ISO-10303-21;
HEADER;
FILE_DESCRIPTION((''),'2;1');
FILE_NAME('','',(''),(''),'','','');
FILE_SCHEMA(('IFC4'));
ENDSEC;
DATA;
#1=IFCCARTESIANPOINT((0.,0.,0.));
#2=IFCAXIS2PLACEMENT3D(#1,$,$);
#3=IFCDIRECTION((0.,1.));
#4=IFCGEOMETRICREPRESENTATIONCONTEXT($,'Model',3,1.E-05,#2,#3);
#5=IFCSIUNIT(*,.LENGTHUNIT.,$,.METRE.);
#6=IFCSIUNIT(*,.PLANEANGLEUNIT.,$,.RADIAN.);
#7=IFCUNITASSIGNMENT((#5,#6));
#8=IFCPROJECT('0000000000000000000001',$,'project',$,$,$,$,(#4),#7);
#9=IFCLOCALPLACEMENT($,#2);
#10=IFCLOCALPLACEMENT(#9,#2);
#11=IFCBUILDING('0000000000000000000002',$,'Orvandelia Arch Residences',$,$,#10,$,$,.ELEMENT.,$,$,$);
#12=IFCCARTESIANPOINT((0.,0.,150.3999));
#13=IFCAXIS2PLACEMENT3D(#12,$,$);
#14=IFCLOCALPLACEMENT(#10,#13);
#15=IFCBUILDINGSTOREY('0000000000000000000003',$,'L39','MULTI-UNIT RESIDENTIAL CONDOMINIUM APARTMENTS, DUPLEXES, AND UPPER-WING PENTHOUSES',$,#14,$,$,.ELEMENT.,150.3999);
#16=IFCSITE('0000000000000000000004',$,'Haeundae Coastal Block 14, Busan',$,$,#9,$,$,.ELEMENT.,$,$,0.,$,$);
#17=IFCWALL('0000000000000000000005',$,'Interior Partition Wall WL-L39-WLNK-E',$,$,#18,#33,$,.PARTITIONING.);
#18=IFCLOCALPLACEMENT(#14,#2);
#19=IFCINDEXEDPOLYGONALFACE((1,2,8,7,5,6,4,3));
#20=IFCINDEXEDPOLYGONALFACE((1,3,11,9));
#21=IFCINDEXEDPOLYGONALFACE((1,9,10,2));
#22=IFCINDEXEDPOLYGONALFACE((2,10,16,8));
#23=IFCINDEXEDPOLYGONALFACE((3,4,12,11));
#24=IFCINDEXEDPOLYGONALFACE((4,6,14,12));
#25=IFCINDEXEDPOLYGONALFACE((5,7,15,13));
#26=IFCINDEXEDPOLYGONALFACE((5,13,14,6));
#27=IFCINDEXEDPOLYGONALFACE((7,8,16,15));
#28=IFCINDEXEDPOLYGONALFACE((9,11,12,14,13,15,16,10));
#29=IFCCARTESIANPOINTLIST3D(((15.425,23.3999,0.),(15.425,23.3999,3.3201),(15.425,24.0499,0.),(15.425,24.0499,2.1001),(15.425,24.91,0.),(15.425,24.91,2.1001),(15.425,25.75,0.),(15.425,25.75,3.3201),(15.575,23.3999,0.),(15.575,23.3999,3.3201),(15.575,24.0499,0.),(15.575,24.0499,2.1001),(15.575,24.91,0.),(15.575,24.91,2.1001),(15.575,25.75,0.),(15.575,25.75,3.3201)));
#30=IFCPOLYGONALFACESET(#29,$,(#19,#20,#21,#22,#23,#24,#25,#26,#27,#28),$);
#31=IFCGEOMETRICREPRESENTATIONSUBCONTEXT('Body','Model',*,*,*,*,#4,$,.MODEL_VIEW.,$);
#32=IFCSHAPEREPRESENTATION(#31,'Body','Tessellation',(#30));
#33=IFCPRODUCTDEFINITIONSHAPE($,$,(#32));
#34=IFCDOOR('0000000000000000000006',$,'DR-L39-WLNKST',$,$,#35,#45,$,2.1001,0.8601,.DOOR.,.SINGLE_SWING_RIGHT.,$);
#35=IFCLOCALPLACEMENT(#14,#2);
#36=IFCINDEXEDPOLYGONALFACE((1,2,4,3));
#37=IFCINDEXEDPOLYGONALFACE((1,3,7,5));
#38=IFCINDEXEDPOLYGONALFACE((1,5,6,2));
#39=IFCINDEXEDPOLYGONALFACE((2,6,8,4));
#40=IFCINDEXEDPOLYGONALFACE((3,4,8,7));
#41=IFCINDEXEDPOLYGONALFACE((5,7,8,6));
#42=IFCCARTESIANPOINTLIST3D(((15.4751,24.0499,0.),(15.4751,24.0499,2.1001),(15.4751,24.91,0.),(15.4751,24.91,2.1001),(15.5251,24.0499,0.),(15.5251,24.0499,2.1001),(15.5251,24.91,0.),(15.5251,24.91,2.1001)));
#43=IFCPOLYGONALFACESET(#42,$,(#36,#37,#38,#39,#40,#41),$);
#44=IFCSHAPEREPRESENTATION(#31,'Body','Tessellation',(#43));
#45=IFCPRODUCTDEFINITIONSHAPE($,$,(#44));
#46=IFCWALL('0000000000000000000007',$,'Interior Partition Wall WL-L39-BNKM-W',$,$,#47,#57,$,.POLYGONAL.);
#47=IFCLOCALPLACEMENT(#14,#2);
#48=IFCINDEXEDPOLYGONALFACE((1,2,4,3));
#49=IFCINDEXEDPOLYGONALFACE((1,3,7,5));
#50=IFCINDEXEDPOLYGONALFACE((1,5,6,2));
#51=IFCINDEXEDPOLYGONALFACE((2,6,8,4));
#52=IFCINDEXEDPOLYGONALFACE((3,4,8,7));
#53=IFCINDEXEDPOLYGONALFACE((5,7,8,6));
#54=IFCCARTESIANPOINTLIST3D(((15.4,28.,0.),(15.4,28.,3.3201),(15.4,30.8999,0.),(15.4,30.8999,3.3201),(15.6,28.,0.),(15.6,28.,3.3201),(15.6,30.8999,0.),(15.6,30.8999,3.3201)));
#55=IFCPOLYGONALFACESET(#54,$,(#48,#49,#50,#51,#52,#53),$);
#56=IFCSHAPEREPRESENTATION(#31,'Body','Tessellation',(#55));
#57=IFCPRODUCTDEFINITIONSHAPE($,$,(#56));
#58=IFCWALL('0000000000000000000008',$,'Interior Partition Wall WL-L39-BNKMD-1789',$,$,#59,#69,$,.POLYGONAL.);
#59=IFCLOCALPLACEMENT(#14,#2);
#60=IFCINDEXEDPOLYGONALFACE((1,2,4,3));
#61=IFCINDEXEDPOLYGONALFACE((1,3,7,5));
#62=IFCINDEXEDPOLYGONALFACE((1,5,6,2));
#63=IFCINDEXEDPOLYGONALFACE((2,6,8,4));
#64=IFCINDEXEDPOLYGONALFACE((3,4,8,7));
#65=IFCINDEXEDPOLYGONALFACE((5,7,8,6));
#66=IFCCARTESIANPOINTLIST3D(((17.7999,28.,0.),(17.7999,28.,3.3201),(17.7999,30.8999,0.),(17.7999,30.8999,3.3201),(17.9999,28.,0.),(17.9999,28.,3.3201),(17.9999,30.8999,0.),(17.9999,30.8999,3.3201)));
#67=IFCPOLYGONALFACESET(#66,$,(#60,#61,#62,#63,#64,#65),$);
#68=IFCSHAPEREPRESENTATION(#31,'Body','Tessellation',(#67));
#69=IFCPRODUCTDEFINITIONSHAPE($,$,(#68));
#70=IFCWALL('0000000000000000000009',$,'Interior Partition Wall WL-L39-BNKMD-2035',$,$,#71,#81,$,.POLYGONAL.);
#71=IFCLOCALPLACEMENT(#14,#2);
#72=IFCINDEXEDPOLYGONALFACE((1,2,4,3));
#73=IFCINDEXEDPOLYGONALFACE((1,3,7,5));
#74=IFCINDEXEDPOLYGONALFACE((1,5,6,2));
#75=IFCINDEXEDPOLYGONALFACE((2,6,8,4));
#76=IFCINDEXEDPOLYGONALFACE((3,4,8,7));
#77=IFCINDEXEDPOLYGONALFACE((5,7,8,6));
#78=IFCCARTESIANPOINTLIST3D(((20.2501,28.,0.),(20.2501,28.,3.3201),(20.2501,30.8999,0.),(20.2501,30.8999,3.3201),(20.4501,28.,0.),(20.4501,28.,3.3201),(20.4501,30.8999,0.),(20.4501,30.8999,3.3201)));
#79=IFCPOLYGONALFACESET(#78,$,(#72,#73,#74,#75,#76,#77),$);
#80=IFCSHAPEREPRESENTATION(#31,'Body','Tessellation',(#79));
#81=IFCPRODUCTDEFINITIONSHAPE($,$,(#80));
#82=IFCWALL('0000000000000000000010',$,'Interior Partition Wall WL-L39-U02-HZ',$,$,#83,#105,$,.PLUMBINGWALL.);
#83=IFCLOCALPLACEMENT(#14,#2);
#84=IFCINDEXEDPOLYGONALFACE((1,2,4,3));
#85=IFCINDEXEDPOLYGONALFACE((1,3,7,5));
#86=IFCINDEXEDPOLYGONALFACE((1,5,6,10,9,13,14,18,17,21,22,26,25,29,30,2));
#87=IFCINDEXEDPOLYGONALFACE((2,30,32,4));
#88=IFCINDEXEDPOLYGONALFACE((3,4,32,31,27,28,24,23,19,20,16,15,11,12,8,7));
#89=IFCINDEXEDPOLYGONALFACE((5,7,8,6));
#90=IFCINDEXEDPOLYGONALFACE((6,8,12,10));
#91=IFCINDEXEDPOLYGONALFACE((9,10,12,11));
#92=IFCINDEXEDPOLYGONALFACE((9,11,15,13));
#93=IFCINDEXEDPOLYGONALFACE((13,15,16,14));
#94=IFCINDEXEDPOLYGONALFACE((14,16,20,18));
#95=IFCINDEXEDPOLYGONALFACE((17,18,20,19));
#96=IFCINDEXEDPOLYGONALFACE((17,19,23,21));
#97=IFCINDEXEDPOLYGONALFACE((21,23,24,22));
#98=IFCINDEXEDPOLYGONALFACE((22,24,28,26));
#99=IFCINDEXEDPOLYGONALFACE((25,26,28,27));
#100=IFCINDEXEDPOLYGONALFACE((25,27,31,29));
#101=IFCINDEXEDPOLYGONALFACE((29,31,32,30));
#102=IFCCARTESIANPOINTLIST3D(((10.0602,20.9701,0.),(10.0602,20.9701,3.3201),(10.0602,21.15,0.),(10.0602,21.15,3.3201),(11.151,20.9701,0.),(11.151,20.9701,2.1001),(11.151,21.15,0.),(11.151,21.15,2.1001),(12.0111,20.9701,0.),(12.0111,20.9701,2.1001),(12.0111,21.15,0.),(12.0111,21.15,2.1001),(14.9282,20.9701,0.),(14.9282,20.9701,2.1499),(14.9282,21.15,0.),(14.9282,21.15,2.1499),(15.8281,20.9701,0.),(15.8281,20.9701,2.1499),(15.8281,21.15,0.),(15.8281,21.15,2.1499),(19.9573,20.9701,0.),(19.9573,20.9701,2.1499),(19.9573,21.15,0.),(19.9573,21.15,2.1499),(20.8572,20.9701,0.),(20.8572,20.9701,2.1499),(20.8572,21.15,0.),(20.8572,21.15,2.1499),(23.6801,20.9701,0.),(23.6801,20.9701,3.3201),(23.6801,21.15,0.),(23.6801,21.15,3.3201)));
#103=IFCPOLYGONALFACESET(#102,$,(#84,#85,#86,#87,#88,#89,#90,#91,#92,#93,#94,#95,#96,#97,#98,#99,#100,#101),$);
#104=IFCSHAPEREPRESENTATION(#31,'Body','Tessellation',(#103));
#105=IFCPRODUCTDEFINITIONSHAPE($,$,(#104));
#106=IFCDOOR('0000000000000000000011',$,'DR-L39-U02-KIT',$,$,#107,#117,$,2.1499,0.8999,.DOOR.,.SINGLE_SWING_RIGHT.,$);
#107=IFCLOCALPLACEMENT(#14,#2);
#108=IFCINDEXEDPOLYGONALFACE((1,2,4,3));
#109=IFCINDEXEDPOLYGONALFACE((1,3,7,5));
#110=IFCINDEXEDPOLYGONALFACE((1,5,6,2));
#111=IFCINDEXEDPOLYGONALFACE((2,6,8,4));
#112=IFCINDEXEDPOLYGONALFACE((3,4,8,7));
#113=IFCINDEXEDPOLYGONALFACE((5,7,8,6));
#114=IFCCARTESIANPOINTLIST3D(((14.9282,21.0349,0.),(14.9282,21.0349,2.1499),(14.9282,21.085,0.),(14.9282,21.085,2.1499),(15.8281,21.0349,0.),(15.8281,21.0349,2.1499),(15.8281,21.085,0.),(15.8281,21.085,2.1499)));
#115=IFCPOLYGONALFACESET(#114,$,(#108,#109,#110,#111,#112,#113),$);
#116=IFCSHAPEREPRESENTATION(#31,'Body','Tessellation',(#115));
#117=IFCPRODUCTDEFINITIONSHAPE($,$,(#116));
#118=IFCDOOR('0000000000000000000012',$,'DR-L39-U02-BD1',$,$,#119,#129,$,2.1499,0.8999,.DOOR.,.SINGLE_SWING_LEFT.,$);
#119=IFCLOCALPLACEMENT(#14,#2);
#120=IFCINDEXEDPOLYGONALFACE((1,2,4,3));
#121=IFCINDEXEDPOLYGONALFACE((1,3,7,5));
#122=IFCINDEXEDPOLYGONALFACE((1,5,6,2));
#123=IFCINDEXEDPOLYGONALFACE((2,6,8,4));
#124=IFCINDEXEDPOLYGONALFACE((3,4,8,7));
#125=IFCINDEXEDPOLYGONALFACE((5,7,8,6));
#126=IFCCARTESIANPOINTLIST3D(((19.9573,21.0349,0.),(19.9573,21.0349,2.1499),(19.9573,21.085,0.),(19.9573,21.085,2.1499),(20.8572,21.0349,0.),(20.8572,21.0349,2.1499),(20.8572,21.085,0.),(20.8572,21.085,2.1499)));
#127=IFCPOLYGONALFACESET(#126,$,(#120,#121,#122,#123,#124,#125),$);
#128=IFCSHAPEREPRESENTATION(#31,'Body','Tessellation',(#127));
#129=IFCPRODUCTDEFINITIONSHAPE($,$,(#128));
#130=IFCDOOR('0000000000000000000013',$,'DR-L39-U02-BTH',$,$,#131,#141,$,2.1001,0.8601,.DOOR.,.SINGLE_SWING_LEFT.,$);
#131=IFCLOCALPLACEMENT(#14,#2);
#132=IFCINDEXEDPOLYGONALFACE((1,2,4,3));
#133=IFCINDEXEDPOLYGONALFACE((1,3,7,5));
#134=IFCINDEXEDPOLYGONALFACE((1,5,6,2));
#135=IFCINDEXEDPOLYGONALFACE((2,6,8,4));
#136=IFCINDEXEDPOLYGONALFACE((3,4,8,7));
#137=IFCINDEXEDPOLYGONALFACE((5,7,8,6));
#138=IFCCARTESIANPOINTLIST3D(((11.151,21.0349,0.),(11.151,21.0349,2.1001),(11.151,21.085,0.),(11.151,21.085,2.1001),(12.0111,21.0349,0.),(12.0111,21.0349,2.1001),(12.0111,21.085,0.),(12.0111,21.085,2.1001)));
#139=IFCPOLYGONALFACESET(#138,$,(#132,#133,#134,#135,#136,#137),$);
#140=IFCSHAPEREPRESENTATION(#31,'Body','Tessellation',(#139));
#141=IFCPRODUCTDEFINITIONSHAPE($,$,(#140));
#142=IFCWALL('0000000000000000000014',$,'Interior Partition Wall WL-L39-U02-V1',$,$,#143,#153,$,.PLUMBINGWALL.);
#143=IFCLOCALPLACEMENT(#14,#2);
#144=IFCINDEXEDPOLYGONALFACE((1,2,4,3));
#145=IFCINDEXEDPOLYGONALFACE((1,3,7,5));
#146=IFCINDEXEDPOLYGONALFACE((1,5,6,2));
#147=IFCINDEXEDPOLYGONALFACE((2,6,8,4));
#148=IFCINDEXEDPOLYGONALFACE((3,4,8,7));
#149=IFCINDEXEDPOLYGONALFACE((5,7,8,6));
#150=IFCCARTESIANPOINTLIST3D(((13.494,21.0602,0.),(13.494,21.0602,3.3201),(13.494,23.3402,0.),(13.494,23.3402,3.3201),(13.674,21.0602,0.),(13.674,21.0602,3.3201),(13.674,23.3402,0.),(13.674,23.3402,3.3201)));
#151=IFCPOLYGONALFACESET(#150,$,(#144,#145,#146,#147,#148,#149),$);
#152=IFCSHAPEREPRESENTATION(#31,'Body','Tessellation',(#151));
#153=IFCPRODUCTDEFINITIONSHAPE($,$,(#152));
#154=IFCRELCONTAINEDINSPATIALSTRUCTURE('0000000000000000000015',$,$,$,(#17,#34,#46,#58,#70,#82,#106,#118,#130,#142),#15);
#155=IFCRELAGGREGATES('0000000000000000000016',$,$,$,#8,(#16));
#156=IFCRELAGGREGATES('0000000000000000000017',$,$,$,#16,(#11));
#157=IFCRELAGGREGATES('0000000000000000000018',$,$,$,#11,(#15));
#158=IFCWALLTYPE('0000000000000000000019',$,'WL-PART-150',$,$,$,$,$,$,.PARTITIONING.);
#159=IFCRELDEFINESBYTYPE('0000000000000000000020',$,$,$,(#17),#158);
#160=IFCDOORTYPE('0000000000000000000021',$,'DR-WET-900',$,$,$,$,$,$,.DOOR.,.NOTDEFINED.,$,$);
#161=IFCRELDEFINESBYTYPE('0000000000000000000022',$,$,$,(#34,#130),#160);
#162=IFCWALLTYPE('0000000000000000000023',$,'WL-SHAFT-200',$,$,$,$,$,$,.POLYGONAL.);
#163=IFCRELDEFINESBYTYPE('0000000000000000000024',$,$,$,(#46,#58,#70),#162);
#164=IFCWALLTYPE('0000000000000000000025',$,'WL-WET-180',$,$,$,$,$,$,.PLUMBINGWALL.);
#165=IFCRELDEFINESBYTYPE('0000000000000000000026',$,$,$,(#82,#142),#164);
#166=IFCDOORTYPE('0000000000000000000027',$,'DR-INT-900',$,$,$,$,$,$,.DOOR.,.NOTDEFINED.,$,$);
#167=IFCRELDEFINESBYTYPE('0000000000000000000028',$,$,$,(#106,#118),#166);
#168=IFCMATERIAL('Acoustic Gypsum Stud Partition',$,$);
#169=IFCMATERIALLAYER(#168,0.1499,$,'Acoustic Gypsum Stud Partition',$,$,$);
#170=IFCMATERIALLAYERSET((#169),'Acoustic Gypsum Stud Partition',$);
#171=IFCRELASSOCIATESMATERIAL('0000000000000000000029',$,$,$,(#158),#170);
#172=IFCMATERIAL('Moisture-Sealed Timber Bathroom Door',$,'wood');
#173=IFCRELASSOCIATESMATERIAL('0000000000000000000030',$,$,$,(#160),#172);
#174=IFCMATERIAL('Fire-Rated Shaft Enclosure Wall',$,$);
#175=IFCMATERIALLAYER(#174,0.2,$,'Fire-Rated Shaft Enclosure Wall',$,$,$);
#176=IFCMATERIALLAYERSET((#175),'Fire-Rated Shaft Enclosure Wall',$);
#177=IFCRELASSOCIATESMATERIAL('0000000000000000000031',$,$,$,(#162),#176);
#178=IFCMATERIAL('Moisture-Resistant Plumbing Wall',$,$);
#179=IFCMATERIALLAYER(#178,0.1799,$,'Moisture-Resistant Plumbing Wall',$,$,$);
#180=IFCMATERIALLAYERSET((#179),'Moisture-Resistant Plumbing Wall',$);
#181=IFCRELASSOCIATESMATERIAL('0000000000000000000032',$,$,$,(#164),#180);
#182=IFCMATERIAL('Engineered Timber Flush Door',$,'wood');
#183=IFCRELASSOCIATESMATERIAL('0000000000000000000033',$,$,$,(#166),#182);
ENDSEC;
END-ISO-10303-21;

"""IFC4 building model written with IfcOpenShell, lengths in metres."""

from ifc_helpers import new_model, si_unit, direction, frame, frame_2d, origin, place, context, subcontext, project, spatial, rectangle, extrude, material, layer, layer_set, type_object, element, fill, save


model = new_model("IFC4")

# Units and contexts
model_context = context("Model", 3, precision=1e-05, world=origin(), true_north=direction((0.0, 1.0)))
body_context = subcontext(model_context, "Body", "Model", "MODEL_VIEW")
ifc_project = project(units=[si_unit("LENGTHUNIT", "METRE"), si_unit("PLANEANGLEUNIT", "RADIAN")], contexts=[model_context])

# Site, building, storey
site_placement = place(None, origin())
site = spatial("IfcSite", under=ifc_project, at=site_placement, Name="Haeundae Coastal Block 14, Busan", CompositionType="ELEMENT", RefElevation=0.0)
building_placement = place(site_placement, origin())
building = spatial("IfcBuilding", under=site, at=building_placement, Name="Orvandelia Arch Residences", CompositionType="ELEMENT")
storey_placement = place(building_placement, frame((0.0, 0.0, 150.3999)))
storey = spatial("IfcBuildingStorey", under=building, at=storey_placement, Name="L39", Description="MULTI-UNIT RESIDENTIAL CONDOMINIUM APARTMENTS, DUPLEXES, AND UPPER-WING PENTHOUSES", CompositionType="ELEMENT", Elevation=150.3999)

# Wall, opening, door
ifc_material_1 = material(Name="Acoustic Gypsum Stud Partition")
ifc_layer_1 = layer(ifc_material_1, 0.1499, Name="Acoustic Gypsum Stud Partition")
ifc_layer_set_1 = layer_set([ifc_layer_1], Name="Acoustic Gypsum Stud Partition")
wall_type_1 = type_object("IfcWallType", Name="WL-PART-150", PredefinedType="PARTITIONING", material=ifc_layer_set_1)
wall_1_placement = place(storey_placement, frame((15.5, 23.3999, 0.0), z_axis=(0.0, 0.0, 1.0), x_axis=(0.0, 1.0, 0.0)))
wall_1 = element("IfcWall", 1, at=wall_1_placement, inside=storey, type_object=wall_type_1, Name="Interior Partition Wall WL-L39-WLNK-E", PredefinedType="PARTITIONING", context=body_context, shape_type="SweptSolid", body=[
    extrude(rectangle(XDim=2.3501, YDim=0.1499, at=frame_2d((1.175, 0.0))), origin(), (0.0, 0.0, 1.0), 3.3201),
])
opening_1_placement = place(wall_1_placement, frame((0.6499, 0.0, 0.0)))
opening_1 = element("IfcOpeningElement", 2, at=opening_1_placement, cuts=wall_1, PredefinedType="OPENING", context=body_context, shape_type="SweptSolid", body=[
    extrude(rectangle(XDim=0.8601, YDim=2.1001, at=frame_2d((0.4302, 1.05))), frame((0.0, 0.085, 0.0), z_axis=(0.0, -1.0, 0.0), x_axis=(1.0, 0.0, 0.0)), (0.0, 0.0, 1.0), 0.1699),
])
ifc_material_2 = material(Name="Moisture-Sealed Timber Bathroom Door", Category="wood")
door_type_1 = type_object("IfcDoorType", Name="DR-WET-900", OperationType="NOTDEFINED", PredefinedType="DOOR", material=ifc_material_2)
door_1_placement = place(opening_1_placement, origin())
door_1 = element("IfcDoor", 3, at=door_1_placement, inside=storey, type_object=door_type_1, Name="DR-L39-WLNKST", OperationType="SINGLE_SWING_RIGHT", OverallHeight=2.1001, OverallWidth=0.8601, PredefinedType="DOOR", context=body_context, shape_type="SweptSolid", body=[
    extrude(rectangle(XDim=0.8601, YDim=2.1001, at=frame_2d((0.4302, 1.05))), frame((0.0, 0.0249, 0.0), z_axis=(0.0, -1.0, 0.0), x_axis=(1.0, 0.0, 0.0)), (0.0, 0.0, 1.0), 0.05),
])
fill(opening_1, door_1)
ifc_material_3 = material(Name="Fire-Rated Shaft Enclosure Wall")
ifc_layer_2 = layer(ifc_material_3, 0.2, Name="Fire-Rated Shaft Enclosure Wall")
ifc_layer_set_2 = layer_set([ifc_layer_2], Name="Fire-Rated Shaft Enclosure Wall")
wall_type_2 = type_object("IfcWallType", Name="WL-SHAFT-200", PredefinedType="POLYGONAL", material=ifc_layer_set_2)

# Walls
for number, where, z_axis, x_axis, name in (
    (4, (15.5, 28.0, 0.0), (0.0, 0.0, 1.0), (0.0, 1.0, 0.0), "Interior Partition Wall WL-L39-BNKM-W"),
    (5, (17.8999, 28.0, 0.0), (0.0, 0.0, 1.0), (0.0, 1.0, 0.0), "Interior Partition Wall WL-L39-BNKMD-1789"),
    (6, (20.3501, 28.0, 0.0), (0.0, 0.0, 1.0), (0.0, 1.0, 0.0), "Interior Partition Wall WL-L39-BNKMD-2035"),
):
    element("IfcWall", number, at=place(storey_placement, frame(where, z_axis=z_axis, x_axis=x_axis)), inside=storey, type_object=wall_type_2, Name=name, PredefinedType="POLYGONAL", context=body_context, shape_type="SweptSolid", body=[
        extrude(rectangle(XDim=2.8999, YDim=0.2, at=frame_2d((1.45, 0.0))), origin(), (0.0, 0.0, 1.0), 3.3201),
    ])

# Wall, openings, doors
ifc_material_4 = material(Name="Moisture-Resistant Plumbing Wall")
ifc_layer_3 = layer(ifc_material_4, 0.1799, Name="Moisture-Resistant Plumbing Wall")
ifc_layer_set_3 = layer_set([ifc_layer_3], Name="Moisture-Resistant Plumbing Wall")
wall_type_3 = type_object("IfcWallType", Name="WL-WET-180", PredefinedType="PLUMBINGWALL", material=ifc_layer_set_3)
wall_2_placement = place(storey_placement, frame((10.0601, 21.0601, 0.0), z_axis=(0.0, 0.0, 1.0), x_axis=(1.0, 0.0, 0.0)))
wall_2 = element("IfcWall", 7, at=wall_2_placement, inside=storey, type_object=wall_type_3, Name="Interior Partition Wall WL-L39-U02-HZ", PredefinedType="PLUMBINGWALL", context=body_context, shape_type="SweptSolid", body=[
    extrude(rectangle(XDim=13.6199, YDim=0.1799, at=frame_2d((6.8101, 0.0))), origin(), (0.0, 0.0, 1.0), 3.3201),
])
opening_2_placement = place(wall_2_placement, frame((1.0908, 0.0, 0.0)))
opening_2 = element("IfcOpeningElement", 8, at=opening_2_placement, cuts=wall_2, PredefinedType="OPENING", context=body_context, shape_type="SweptSolid", body=[
    extrude(rectangle(XDim=0.8601, YDim=2.1001, at=frame_2d((0.4302, 1.05))), frame((0.0, 0.1001, 0.0), z_axis=(0.0, -1.0, 0.0), x_axis=(1.0, 0.0, 0.0)), (0.0, 0.0, 1.0), 0.2),
])
opening_3_placement = place(wall_2_placement, frame((4.8682, 0.0, 0.0)))
opening_3 = element("IfcOpeningElement", 9, at=opening_3_placement, cuts=wall_2, PredefinedType="OPENING", context=body_context, shape_type="SweptSolid", body=[
    extrude(rectangle(XDim=0.8999, YDim=2.1499, at=frame_2d((0.45, 1.075))), frame((0.0, 0.1001, 0.0), z_axis=(0.0, -1.0, 0.0), x_axis=(1.0, 0.0, 0.0)), (0.0, 0.0, 1.0), 0.2),
])
opening_4_placement = place(wall_2_placement, frame((9.8972, 0.0, 0.0)))
opening_4 = element("IfcOpeningElement", 10, at=opening_4_placement, cuts=wall_2, PredefinedType="OPENING", context=body_context, shape_type="SweptSolid", body=[
    extrude(rectangle(XDim=0.8999, YDim=2.1499, at=frame_2d((0.45, 1.075))), frame((0.0, 0.1001, 0.0), z_axis=(0.0, -1.0, 0.0), x_axis=(1.0, 0.0, 0.0)), (0.0, 0.0, 1.0), 0.2),
])
ifc_material_5 = material(Name="Engineered Timber Flush Door", Category="wood")
door_type_2 = type_object("IfcDoorType", Name="DR-INT-900", OperationType="NOTDEFINED", PredefinedType="DOOR", material=ifc_material_5)
door_2_placement = place(opening_3_placement, origin())
door_2 = element("IfcDoor", 11, at=door_2_placement, inside=storey, type_object=door_type_2, Name="DR-L39-U02-KIT", OperationType="SINGLE_SWING_RIGHT", OverallHeight=2.1499, OverallWidth=0.8999, PredefinedType="DOOR", context=body_context, shape_type="SweptSolid", body=[
    extrude(rectangle(XDim=0.8999, YDim=2.1499, at=frame_2d((0.45, 1.075))), frame((0.0, 0.0249, 0.0), z_axis=(0.0, -1.0, 0.0), x_axis=(1.0, 0.0, 0.0)), (0.0, 0.0, 1.0), 0.05),
])
fill(opening_3, door_2)
door_3_placement = place(opening_4_placement, origin())
door_3 = element("IfcDoor", 12, at=door_3_placement, inside=storey, type_object=door_type_2, Name="DR-L39-U02-BD1", OperationType="SINGLE_SWING_LEFT", OverallHeight=2.1499, OverallWidth=0.8999, PredefinedType="DOOR", context=body_context, shape_type="SweptSolid", body=[
    extrude(rectangle(XDim=0.8999, YDim=2.1499, at=frame_2d((0.45, 1.075))), frame((0.0, 0.0249, 0.0), z_axis=(0.0, -1.0, 0.0), x_axis=(1.0, 0.0, 0.0)), (0.0, 0.0, 1.0), 0.05),
])
fill(opening_4, door_3)
door_4_placement = place(opening_2_placement, origin())
door_4 = element("IfcDoor", 13, at=door_4_placement, inside=storey, type_object=door_type_1, Name="DR-L39-U02-BTH", OperationType="SINGLE_SWING_LEFT", OverallHeight=2.1001, OverallWidth=0.8601, PredefinedType="DOOR", context=body_context, shape_type="SweptSolid", body=[
    extrude(rectangle(XDim=0.8601, YDim=2.1001, at=frame_2d((0.4302, 1.05))), frame((0.0, 0.0249, 0.0), z_axis=(0.0, -1.0, 0.0), x_axis=(1.0, 0.0, 0.0)), (0.0, 0.0, 1.0), 0.05),
])
fill(opening_2, door_4)

# Wall
wall_3_placement = place(storey_placement, frame((13.584, 21.0601, 0.0), z_axis=(0.0, 0.0, 1.0), x_axis=(0.0, 1.0, 0.0)))
element("IfcWall", 14, at=wall_3_placement, inside=storey, type_object=wall_type_3, Name="Interior Partition Wall WL-L39-U02-V1", PredefinedType="PLUMBINGWALL", context=body_context, shape_type="SweptSolid", body=[
    extrude(rectangle(XDim=2.28, YDim=0.1799, at=frame_2d((1.1401, 0.0))), origin(), (0.0, 0.0, 1.0), 3.3201),
])

save(model, "model.ifc")
